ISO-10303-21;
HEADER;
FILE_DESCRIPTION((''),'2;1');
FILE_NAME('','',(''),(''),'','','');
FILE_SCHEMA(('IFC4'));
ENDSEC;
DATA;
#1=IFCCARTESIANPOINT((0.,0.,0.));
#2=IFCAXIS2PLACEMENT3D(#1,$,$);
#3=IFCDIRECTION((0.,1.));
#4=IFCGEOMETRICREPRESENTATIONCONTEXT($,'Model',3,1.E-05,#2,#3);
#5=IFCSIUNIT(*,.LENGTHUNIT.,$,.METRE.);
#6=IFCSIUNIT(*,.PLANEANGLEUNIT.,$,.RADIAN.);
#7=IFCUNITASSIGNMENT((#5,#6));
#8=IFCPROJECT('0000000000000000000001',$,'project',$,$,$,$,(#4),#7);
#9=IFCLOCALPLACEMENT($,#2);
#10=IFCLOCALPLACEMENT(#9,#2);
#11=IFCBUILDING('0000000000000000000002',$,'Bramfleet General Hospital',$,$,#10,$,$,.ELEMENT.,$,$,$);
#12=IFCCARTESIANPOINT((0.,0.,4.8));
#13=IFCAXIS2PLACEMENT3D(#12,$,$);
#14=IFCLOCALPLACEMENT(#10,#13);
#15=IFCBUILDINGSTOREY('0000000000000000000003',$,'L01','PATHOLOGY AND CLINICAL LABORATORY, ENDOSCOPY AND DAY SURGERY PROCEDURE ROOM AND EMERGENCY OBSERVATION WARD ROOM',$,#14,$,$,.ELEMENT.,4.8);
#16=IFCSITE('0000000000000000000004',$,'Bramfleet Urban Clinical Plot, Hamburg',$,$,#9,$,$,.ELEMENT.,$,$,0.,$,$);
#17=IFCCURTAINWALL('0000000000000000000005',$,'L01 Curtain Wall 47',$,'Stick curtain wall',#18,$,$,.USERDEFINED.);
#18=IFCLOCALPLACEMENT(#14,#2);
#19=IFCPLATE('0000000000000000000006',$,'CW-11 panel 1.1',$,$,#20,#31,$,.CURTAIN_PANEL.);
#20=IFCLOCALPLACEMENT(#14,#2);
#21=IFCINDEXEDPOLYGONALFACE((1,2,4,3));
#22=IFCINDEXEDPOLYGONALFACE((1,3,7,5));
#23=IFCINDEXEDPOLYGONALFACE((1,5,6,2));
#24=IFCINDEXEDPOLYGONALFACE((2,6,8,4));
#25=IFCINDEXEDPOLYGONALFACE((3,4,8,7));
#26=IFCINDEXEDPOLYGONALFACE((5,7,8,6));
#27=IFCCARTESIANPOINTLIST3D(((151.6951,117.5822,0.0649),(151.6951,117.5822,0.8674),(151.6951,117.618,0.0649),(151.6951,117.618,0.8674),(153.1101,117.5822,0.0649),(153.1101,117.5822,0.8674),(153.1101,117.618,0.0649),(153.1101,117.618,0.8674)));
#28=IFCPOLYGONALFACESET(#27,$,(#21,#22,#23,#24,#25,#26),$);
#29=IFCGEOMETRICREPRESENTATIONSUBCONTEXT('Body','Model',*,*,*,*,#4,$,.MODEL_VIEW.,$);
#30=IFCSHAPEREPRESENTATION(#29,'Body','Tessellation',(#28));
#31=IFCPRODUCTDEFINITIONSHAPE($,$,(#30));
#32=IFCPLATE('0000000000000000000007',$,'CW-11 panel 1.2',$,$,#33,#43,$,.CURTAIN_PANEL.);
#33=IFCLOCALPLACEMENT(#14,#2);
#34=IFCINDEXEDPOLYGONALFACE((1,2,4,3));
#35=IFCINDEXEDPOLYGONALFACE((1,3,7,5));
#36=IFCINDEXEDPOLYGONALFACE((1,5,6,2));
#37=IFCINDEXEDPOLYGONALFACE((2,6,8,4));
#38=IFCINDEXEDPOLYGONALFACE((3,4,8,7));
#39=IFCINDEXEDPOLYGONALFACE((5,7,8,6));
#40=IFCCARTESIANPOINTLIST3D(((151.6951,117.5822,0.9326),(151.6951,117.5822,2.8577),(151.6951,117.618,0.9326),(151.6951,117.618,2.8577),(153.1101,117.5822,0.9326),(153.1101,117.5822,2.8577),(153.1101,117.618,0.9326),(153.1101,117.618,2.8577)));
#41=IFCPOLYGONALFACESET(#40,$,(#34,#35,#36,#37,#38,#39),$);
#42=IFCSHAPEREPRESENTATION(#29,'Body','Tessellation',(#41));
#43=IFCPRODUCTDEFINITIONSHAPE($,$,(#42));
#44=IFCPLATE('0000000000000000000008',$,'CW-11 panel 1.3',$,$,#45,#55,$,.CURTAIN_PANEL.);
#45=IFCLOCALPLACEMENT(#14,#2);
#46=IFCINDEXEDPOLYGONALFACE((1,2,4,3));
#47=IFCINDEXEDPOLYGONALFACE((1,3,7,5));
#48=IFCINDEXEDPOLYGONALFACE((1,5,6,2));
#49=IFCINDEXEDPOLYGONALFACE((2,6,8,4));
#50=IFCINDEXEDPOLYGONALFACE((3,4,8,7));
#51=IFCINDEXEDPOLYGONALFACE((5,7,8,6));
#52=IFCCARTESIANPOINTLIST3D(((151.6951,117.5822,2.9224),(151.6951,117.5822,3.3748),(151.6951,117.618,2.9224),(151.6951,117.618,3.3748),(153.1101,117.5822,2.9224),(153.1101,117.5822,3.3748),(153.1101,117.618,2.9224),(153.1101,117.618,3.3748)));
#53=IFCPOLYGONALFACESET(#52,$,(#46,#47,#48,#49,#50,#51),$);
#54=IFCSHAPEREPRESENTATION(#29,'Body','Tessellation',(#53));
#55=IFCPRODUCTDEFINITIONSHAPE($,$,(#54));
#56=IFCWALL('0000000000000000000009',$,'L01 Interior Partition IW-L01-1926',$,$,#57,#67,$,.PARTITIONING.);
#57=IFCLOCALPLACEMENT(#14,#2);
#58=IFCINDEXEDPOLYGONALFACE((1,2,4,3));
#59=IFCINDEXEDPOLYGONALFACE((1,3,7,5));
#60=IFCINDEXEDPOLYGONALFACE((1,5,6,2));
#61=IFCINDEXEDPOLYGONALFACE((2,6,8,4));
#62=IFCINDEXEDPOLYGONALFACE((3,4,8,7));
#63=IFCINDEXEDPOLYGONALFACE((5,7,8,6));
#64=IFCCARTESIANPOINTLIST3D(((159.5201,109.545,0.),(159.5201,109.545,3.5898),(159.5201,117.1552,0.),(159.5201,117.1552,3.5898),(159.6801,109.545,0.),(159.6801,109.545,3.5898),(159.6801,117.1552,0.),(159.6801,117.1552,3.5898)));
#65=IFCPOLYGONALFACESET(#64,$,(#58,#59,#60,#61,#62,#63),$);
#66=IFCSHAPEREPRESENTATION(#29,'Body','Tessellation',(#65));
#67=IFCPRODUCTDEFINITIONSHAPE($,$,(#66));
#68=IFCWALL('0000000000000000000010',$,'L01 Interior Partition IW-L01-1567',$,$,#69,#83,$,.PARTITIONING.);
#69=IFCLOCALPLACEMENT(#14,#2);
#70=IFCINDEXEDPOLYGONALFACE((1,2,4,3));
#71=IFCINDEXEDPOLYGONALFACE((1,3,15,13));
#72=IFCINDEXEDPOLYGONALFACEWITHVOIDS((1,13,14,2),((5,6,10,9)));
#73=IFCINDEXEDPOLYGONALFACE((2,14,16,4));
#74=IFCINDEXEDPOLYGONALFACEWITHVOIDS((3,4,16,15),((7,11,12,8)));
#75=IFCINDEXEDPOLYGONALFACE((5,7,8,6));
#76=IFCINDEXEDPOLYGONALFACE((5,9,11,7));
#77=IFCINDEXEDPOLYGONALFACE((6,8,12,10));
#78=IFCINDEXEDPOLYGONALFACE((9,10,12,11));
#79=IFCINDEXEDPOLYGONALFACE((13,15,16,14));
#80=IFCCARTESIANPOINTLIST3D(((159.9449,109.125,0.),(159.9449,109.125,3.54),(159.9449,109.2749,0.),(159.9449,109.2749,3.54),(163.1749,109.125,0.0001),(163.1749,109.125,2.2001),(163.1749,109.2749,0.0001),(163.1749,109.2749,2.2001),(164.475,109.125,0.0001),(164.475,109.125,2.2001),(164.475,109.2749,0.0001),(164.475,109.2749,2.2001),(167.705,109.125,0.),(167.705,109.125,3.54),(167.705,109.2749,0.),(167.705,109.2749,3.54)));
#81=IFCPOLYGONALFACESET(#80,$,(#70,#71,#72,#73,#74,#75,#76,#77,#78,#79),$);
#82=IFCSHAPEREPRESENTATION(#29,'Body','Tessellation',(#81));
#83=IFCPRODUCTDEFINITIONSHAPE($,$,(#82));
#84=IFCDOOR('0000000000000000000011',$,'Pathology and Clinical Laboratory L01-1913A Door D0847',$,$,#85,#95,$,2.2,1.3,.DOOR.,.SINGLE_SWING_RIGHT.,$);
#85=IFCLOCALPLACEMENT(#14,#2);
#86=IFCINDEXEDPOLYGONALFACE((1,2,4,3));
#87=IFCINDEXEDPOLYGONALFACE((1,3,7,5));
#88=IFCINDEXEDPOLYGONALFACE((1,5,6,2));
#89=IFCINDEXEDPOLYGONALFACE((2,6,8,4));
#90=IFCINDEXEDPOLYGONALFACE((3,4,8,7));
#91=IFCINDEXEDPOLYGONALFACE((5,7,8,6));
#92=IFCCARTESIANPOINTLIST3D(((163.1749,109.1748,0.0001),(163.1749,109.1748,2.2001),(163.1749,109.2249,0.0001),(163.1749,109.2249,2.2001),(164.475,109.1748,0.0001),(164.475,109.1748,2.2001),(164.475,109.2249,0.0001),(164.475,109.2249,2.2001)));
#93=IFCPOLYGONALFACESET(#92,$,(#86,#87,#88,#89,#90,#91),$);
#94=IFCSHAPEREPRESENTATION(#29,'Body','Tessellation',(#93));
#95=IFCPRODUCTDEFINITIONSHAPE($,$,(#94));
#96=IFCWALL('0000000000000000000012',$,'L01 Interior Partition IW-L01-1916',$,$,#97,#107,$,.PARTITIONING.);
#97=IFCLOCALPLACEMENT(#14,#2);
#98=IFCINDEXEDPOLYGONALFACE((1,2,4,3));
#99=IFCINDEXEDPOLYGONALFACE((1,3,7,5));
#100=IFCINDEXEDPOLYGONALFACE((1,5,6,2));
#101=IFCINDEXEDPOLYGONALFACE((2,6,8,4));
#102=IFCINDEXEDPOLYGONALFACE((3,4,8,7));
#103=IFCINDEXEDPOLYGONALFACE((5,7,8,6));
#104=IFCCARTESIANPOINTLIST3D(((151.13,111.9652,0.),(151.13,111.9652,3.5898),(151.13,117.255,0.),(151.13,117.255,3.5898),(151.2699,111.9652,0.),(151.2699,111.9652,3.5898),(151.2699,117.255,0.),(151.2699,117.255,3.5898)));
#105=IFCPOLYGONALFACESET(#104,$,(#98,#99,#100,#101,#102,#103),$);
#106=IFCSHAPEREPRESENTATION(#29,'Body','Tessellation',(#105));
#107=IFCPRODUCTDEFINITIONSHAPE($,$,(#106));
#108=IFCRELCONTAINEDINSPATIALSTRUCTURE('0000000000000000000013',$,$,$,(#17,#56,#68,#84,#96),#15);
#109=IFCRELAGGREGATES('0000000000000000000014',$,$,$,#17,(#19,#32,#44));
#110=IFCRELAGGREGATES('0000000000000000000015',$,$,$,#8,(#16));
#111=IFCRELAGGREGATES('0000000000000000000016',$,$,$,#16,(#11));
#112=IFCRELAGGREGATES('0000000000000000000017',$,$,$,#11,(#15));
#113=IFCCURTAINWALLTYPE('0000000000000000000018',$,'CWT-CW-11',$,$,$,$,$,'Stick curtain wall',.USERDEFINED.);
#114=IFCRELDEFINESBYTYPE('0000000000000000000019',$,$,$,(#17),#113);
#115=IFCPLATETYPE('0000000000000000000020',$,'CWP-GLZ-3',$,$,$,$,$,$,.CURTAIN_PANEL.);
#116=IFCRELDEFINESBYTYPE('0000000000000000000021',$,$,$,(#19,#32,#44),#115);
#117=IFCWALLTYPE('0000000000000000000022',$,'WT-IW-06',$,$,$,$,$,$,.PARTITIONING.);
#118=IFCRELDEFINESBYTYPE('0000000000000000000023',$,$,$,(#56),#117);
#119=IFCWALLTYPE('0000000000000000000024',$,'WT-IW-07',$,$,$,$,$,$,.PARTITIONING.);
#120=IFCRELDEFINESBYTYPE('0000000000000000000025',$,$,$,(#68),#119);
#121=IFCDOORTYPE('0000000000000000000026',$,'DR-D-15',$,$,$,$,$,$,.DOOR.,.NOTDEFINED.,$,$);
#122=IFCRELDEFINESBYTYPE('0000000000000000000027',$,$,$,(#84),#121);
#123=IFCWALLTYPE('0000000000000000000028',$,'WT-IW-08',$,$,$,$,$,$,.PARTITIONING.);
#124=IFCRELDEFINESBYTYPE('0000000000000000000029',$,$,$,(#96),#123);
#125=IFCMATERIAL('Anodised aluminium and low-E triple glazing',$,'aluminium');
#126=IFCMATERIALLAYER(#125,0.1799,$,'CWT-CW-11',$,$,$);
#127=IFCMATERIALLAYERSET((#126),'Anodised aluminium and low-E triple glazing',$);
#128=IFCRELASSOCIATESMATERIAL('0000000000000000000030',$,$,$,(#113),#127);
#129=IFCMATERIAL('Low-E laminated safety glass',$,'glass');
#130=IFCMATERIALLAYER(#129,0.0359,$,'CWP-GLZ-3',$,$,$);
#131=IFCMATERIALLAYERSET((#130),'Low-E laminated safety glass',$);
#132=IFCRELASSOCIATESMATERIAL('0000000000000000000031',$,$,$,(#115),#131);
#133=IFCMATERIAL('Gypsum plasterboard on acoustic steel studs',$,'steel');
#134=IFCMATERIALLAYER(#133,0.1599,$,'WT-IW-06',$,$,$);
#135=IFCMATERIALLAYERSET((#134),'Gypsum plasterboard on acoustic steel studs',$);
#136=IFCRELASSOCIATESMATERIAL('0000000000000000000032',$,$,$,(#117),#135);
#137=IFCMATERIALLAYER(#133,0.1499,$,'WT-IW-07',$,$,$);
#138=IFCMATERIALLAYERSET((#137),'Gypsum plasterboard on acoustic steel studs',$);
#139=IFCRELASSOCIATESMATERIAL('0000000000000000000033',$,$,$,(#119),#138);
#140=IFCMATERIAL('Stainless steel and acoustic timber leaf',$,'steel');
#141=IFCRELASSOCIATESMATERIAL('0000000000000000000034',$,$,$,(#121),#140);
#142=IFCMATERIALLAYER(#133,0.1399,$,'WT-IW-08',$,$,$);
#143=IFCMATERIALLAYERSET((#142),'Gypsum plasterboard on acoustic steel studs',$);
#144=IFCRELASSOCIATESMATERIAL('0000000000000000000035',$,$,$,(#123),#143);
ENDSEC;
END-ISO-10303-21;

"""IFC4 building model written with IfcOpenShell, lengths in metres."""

from ifc_helpers import new_model, si_unit, direction, frame, frame_2d, origin, origin_2d, place, context, subcontext, project, spatial, rectangle, extrude, material, layer, layer_set, type_object, element, fill, aggregate, save


model = new_model("IFC4")

# Units and contexts
model_context = context("Model", 3, precision=1e-05, world=origin(), true_north=direction((0.0, 1.0)))
body_context = subcontext(model_context, "Body", "Model", "MODEL_VIEW")
ifc_project = project(units=[si_unit("LENGTHUNIT", "METRE"), si_unit("PLANEANGLEUNIT", "RADIAN")], contexts=[model_context])

# Site, building, storey
site_placement = place(None, origin())
site = spatial("IfcSite", under=ifc_project, at=site_placement, Name="Bramfleet Urban Clinical Plot, Hamburg", CompositionType="ELEMENT", RefElevation=0.0)
building_placement = place(site_placement, origin())
building = spatial("IfcBuilding", under=site, at=building_placement, Name="Bramfleet General Hospital", CompositionType="ELEMENT")
storey_placement = place(building_placement, frame((0.0, 0.0, 4.8)))
storey = spatial("IfcBuildingStorey", under=building, at=storey_placement, Name="L01", Description="PATHOLOGY AND CLINICAL LABORATORY, ENDOSCOPY AND DAY SURGERY PROCEDURE ROOM AND EMERGENCY OBSERVATION WARD ROOM", CompositionType="ELEMENT", Elevation=4.8)

# Curtain wall, plates
ifc_material_1 = material(Name="Anodised aluminium and low-E triple glazing", Category="aluminium")
ifc_layer_1 = layer(ifc_material_1, 0.1799, Name="CWT-CW-11")
ifc_layer_set_1 = layer_set([ifc_layer_1], Name="Anodised aluminium and low-E triple glazing")
curtain_wall_type = type_object("IfcCurtainWallType", Name="CWT-CW-11", ElementType="Stick curtain wall", PredefinedType="USERDEFINED", material=ifc_layer_set_1)
curtain_wall_placement = place(storey_placement, origin())
curtain_wall = element("IfcCurtainWall", 1, at=curtain_wall_placement, inside=storey, type_object=curtain_wall_type, Name="L01 Curtain Wall 47", ObjectType="Stick curtain wall", PredefinedType="USERDEFINED")
ifc_material_2 = material(Name="Low-E laminated safety glass", Category="glass")
ifc_layer_2 = layer(ifc_material_2, 0.0359, Name="CWP-GLZ-3")
ifc_layer_set_2 = layer_set([ifc_layer_2], Name="Low-E laminated safety glass")
plate_type = type_object("IfcPlateType", Name="CWP-GLZ-3", PredefinedType="CURTAIN_PANEL", material=ifc_layer_set_2)
plate_1_placement = place(storey_placement, frame((152.4026, 117.6001, 0.0649), z_axis=(0.0, 0.0, 1.0), x_axis=(1.0, 0.0, 0.0)))
plate_1 = element("IfcPlate", 2, at=plate_1_placement, type_object=plate_type, Name="CW-11 panel 1.1", PredefinedType="CURTAIN_PANEL", context=body_context, shape_type="SweptSolid", body=[
    extrude(rectangle(XDim=1.415, YDim=0.0359, at=origin_2d()), origin(), (0.0, 0.0, 1.0), 0.8025),
])
plate_2_placement = place(storey_placement, frame((152.4026, 117.6001, 0.9326), z_axis=(0.0, 0.0, 1.0), x_axis=(1.0, 0.0, 0.0)))
plate_2 = element("IfcPlate", 3, at=plate_2_placement, type_object=plate_type, Name="CW-11 panel 1.2", PredefinedType="CURTAIN_PANEL", context=body_context, shape_type="SweptSolid", body=[
    extrude(rectangle(XDim=1.415, YDim=0.0359, at=origin_2d()), origin(), (0.0, 0.0, 1.0), 1.925),
])
plate_3_placement = place(storey_placement, frame((152.4026, 117.6001, 2.9224), z_axis=(0.0, 0.0, 1.0), x_axis=(1.0, 0.0, 0.0)))
plate_3 = element("IfcPlate", 4, at=plate_3_placement, type_object=plate_type, Name="CW-11 panel 1.3", PredefinedType="CURTAIN_PANEL", context=body_context, shape_type="SweptSolid", body=[
    extrude(rectangle(XDim=1.415, YDim=0.0359, at=origin_2d()), origin(), (0.0, 0.0, 1.0), 0.4524),
])
aggregate(curtain_wall, [plate_1, plate_2, plate_3])

# Wall
ifc_material_3 = material(Name="Gypsum plasterboard on acoustic steel studs", Category="steel")
ifc_layer_3 = layer(ifc_material_3, 0.1599, Name="WT-IW-06")
ifc_layer_set_3 = layer_set([ifc_layer_3], Name="Gypsum plasterboard on acoustic steel studs")
wall_type_1 = type_object("IfcWallType", Name="WT-IW-06", PredefinedType="PARTITIONING", material=ifc_layer_set_3)
wall_1_placement = place(storey_placement, frame((159.6001, 109.5449, 0.0), z_axis=(0.0, 0.0, 1.0), x_axis=(0.0, 1.0, 0.0)))
element("IfcWall", 5, at=wall_1_placement, inside=storey, type_object=wall_type_1, Name="L01 Interior Partition IW-L01-1926", PredefinedType="PARTITIONING", context=body_context, shape_type="SweptSolid", body=[
    extrude(rectangle(XDim=7.6101, YDim=0.1599, at=frame_2d((3.8052, 0.0))), origin(), (0.0, 0.0, 1.0), 3.5898),
])

# Wall, opening, door
ifc_layer_4 = layer(ifc_material_3, 0.1499, Name="WT-IW-07")
ifc_layer_set_4 = layer_set([ifc_layer_4], Name="Gypsum plasterboard on acoustic steel studs")
wall_type_2 = type_object("IfcWallType", Name="WT-IW-07", PredefinedType="PARTITIONING", material=ifc_layer_set_4)
wall_2_placement = place(storey_placement, frame((159.9451, 109.2, 0.0), z_axis=(0.0, 0.0, 1.0), x_axis=(1.0, 0.0, 0.0)))
wall_2 = element("IfcWall", 6, at=wall_2_placement, inside=storey, type_object=wall_type_2, Name="L01 Interior Partition IW-L01-1567", PredefinedType="PARTITIONING", context=body_context, shape_type="SweptSolid", body=[
    extrude(rectangle(XDim=7.76, YDim=0.1499, at=frame_2d((3.8799, 0.0))), origin(), (0.0, 0.0, 1.0), 3.54),
])
opening_placement = place(wall_2_placement, frame((3.23, 0.0, 0.0)))
opening = element("IfcOpeningElement", 7, at=opening_placement, cuts=wall_2, PredefinedType="OPENING", context=body_context, shape_type="SweptSolid", body=[
    extrude(rectangle(XDim=1.3, YDim=2.2, at=frame_2d((0.6499, 1.1001))), frame((0.0, 0.085, 0.0), z_axis=(0.0, -1.0, 0.0), x_axis=(1.0, 0.0, 0.0)), (0.0, 0.0, 1.0), 0.1699),
])
ifc_material_4 = material(Name="Stainless steel and acoustic timber leaf", Category="steel")
door_type = type_object("IfcDoorType", Name="DR-D-15", OperationType="NOTDEFINED", PredefinedType="DOOR", material=ifc_material_4)
door_placement = place(opening_placement, origin())
door = element("IfcDoor", 8, at=door_placement, inside=storey, type_object=door_type, Name="Pathology and Clinical Laboratory L01-1913A Door D0847", OperationType="SINGLE_SWING_RIGHT", OverallHeight=2.2, OverallWidth=1.3, PredefinedType="DOOR", context=body_context, shape_type="SweptSolid", body=[
    extrude(rectangle(XDim=1.3, YDim=2.2, at=frame_2d((0.6499, 1.1001))), frame((0.0, 0.0249, 0.0), z_axis=(0.0, -1.0, 0.0), x_axis=(1.0, 0.0, 0.0)), (0.0, 0.0, 1.0), 0.05),
])
fill(opening, door)

# Wall
ifc_layer_5 = layer(ifc_material_3, 0.1399, Name="WT-IW-08")
ifc_layer_set_5 = layer_set([ifc_layer_5], Name="Gypsum plasterboard on acoustic steel studs")
wall_type_3 = type_object("IfcWallType", Name="WT-IW-08", PredefinedType="PARTITIONING", material=ifc_layer_set_5)
wall_3_placement = place(storey_placement, frame((151.2, 111.9651, 0.0), z_axis=(0.0, 0.0, 1.0), x_axis=(0.0, 1.0, 0.0)))
element("IfcWall", 9, at=wall_3_placement, inside=storey, type_object=wall_type_3, Name="L01 Interior Partition IW-L01-1916", PredefinedType="PARTITIONING", context=body_context, shape_type="SweptSolid", body=[
    extrude(rectangle(XDim=5.2898, YDim=0.1399, at=frame_2d((2.645, 0.0))), origin(), (0.0, 0.0, 1.0), 3.5898),
])

save(model, "model.ifc")
